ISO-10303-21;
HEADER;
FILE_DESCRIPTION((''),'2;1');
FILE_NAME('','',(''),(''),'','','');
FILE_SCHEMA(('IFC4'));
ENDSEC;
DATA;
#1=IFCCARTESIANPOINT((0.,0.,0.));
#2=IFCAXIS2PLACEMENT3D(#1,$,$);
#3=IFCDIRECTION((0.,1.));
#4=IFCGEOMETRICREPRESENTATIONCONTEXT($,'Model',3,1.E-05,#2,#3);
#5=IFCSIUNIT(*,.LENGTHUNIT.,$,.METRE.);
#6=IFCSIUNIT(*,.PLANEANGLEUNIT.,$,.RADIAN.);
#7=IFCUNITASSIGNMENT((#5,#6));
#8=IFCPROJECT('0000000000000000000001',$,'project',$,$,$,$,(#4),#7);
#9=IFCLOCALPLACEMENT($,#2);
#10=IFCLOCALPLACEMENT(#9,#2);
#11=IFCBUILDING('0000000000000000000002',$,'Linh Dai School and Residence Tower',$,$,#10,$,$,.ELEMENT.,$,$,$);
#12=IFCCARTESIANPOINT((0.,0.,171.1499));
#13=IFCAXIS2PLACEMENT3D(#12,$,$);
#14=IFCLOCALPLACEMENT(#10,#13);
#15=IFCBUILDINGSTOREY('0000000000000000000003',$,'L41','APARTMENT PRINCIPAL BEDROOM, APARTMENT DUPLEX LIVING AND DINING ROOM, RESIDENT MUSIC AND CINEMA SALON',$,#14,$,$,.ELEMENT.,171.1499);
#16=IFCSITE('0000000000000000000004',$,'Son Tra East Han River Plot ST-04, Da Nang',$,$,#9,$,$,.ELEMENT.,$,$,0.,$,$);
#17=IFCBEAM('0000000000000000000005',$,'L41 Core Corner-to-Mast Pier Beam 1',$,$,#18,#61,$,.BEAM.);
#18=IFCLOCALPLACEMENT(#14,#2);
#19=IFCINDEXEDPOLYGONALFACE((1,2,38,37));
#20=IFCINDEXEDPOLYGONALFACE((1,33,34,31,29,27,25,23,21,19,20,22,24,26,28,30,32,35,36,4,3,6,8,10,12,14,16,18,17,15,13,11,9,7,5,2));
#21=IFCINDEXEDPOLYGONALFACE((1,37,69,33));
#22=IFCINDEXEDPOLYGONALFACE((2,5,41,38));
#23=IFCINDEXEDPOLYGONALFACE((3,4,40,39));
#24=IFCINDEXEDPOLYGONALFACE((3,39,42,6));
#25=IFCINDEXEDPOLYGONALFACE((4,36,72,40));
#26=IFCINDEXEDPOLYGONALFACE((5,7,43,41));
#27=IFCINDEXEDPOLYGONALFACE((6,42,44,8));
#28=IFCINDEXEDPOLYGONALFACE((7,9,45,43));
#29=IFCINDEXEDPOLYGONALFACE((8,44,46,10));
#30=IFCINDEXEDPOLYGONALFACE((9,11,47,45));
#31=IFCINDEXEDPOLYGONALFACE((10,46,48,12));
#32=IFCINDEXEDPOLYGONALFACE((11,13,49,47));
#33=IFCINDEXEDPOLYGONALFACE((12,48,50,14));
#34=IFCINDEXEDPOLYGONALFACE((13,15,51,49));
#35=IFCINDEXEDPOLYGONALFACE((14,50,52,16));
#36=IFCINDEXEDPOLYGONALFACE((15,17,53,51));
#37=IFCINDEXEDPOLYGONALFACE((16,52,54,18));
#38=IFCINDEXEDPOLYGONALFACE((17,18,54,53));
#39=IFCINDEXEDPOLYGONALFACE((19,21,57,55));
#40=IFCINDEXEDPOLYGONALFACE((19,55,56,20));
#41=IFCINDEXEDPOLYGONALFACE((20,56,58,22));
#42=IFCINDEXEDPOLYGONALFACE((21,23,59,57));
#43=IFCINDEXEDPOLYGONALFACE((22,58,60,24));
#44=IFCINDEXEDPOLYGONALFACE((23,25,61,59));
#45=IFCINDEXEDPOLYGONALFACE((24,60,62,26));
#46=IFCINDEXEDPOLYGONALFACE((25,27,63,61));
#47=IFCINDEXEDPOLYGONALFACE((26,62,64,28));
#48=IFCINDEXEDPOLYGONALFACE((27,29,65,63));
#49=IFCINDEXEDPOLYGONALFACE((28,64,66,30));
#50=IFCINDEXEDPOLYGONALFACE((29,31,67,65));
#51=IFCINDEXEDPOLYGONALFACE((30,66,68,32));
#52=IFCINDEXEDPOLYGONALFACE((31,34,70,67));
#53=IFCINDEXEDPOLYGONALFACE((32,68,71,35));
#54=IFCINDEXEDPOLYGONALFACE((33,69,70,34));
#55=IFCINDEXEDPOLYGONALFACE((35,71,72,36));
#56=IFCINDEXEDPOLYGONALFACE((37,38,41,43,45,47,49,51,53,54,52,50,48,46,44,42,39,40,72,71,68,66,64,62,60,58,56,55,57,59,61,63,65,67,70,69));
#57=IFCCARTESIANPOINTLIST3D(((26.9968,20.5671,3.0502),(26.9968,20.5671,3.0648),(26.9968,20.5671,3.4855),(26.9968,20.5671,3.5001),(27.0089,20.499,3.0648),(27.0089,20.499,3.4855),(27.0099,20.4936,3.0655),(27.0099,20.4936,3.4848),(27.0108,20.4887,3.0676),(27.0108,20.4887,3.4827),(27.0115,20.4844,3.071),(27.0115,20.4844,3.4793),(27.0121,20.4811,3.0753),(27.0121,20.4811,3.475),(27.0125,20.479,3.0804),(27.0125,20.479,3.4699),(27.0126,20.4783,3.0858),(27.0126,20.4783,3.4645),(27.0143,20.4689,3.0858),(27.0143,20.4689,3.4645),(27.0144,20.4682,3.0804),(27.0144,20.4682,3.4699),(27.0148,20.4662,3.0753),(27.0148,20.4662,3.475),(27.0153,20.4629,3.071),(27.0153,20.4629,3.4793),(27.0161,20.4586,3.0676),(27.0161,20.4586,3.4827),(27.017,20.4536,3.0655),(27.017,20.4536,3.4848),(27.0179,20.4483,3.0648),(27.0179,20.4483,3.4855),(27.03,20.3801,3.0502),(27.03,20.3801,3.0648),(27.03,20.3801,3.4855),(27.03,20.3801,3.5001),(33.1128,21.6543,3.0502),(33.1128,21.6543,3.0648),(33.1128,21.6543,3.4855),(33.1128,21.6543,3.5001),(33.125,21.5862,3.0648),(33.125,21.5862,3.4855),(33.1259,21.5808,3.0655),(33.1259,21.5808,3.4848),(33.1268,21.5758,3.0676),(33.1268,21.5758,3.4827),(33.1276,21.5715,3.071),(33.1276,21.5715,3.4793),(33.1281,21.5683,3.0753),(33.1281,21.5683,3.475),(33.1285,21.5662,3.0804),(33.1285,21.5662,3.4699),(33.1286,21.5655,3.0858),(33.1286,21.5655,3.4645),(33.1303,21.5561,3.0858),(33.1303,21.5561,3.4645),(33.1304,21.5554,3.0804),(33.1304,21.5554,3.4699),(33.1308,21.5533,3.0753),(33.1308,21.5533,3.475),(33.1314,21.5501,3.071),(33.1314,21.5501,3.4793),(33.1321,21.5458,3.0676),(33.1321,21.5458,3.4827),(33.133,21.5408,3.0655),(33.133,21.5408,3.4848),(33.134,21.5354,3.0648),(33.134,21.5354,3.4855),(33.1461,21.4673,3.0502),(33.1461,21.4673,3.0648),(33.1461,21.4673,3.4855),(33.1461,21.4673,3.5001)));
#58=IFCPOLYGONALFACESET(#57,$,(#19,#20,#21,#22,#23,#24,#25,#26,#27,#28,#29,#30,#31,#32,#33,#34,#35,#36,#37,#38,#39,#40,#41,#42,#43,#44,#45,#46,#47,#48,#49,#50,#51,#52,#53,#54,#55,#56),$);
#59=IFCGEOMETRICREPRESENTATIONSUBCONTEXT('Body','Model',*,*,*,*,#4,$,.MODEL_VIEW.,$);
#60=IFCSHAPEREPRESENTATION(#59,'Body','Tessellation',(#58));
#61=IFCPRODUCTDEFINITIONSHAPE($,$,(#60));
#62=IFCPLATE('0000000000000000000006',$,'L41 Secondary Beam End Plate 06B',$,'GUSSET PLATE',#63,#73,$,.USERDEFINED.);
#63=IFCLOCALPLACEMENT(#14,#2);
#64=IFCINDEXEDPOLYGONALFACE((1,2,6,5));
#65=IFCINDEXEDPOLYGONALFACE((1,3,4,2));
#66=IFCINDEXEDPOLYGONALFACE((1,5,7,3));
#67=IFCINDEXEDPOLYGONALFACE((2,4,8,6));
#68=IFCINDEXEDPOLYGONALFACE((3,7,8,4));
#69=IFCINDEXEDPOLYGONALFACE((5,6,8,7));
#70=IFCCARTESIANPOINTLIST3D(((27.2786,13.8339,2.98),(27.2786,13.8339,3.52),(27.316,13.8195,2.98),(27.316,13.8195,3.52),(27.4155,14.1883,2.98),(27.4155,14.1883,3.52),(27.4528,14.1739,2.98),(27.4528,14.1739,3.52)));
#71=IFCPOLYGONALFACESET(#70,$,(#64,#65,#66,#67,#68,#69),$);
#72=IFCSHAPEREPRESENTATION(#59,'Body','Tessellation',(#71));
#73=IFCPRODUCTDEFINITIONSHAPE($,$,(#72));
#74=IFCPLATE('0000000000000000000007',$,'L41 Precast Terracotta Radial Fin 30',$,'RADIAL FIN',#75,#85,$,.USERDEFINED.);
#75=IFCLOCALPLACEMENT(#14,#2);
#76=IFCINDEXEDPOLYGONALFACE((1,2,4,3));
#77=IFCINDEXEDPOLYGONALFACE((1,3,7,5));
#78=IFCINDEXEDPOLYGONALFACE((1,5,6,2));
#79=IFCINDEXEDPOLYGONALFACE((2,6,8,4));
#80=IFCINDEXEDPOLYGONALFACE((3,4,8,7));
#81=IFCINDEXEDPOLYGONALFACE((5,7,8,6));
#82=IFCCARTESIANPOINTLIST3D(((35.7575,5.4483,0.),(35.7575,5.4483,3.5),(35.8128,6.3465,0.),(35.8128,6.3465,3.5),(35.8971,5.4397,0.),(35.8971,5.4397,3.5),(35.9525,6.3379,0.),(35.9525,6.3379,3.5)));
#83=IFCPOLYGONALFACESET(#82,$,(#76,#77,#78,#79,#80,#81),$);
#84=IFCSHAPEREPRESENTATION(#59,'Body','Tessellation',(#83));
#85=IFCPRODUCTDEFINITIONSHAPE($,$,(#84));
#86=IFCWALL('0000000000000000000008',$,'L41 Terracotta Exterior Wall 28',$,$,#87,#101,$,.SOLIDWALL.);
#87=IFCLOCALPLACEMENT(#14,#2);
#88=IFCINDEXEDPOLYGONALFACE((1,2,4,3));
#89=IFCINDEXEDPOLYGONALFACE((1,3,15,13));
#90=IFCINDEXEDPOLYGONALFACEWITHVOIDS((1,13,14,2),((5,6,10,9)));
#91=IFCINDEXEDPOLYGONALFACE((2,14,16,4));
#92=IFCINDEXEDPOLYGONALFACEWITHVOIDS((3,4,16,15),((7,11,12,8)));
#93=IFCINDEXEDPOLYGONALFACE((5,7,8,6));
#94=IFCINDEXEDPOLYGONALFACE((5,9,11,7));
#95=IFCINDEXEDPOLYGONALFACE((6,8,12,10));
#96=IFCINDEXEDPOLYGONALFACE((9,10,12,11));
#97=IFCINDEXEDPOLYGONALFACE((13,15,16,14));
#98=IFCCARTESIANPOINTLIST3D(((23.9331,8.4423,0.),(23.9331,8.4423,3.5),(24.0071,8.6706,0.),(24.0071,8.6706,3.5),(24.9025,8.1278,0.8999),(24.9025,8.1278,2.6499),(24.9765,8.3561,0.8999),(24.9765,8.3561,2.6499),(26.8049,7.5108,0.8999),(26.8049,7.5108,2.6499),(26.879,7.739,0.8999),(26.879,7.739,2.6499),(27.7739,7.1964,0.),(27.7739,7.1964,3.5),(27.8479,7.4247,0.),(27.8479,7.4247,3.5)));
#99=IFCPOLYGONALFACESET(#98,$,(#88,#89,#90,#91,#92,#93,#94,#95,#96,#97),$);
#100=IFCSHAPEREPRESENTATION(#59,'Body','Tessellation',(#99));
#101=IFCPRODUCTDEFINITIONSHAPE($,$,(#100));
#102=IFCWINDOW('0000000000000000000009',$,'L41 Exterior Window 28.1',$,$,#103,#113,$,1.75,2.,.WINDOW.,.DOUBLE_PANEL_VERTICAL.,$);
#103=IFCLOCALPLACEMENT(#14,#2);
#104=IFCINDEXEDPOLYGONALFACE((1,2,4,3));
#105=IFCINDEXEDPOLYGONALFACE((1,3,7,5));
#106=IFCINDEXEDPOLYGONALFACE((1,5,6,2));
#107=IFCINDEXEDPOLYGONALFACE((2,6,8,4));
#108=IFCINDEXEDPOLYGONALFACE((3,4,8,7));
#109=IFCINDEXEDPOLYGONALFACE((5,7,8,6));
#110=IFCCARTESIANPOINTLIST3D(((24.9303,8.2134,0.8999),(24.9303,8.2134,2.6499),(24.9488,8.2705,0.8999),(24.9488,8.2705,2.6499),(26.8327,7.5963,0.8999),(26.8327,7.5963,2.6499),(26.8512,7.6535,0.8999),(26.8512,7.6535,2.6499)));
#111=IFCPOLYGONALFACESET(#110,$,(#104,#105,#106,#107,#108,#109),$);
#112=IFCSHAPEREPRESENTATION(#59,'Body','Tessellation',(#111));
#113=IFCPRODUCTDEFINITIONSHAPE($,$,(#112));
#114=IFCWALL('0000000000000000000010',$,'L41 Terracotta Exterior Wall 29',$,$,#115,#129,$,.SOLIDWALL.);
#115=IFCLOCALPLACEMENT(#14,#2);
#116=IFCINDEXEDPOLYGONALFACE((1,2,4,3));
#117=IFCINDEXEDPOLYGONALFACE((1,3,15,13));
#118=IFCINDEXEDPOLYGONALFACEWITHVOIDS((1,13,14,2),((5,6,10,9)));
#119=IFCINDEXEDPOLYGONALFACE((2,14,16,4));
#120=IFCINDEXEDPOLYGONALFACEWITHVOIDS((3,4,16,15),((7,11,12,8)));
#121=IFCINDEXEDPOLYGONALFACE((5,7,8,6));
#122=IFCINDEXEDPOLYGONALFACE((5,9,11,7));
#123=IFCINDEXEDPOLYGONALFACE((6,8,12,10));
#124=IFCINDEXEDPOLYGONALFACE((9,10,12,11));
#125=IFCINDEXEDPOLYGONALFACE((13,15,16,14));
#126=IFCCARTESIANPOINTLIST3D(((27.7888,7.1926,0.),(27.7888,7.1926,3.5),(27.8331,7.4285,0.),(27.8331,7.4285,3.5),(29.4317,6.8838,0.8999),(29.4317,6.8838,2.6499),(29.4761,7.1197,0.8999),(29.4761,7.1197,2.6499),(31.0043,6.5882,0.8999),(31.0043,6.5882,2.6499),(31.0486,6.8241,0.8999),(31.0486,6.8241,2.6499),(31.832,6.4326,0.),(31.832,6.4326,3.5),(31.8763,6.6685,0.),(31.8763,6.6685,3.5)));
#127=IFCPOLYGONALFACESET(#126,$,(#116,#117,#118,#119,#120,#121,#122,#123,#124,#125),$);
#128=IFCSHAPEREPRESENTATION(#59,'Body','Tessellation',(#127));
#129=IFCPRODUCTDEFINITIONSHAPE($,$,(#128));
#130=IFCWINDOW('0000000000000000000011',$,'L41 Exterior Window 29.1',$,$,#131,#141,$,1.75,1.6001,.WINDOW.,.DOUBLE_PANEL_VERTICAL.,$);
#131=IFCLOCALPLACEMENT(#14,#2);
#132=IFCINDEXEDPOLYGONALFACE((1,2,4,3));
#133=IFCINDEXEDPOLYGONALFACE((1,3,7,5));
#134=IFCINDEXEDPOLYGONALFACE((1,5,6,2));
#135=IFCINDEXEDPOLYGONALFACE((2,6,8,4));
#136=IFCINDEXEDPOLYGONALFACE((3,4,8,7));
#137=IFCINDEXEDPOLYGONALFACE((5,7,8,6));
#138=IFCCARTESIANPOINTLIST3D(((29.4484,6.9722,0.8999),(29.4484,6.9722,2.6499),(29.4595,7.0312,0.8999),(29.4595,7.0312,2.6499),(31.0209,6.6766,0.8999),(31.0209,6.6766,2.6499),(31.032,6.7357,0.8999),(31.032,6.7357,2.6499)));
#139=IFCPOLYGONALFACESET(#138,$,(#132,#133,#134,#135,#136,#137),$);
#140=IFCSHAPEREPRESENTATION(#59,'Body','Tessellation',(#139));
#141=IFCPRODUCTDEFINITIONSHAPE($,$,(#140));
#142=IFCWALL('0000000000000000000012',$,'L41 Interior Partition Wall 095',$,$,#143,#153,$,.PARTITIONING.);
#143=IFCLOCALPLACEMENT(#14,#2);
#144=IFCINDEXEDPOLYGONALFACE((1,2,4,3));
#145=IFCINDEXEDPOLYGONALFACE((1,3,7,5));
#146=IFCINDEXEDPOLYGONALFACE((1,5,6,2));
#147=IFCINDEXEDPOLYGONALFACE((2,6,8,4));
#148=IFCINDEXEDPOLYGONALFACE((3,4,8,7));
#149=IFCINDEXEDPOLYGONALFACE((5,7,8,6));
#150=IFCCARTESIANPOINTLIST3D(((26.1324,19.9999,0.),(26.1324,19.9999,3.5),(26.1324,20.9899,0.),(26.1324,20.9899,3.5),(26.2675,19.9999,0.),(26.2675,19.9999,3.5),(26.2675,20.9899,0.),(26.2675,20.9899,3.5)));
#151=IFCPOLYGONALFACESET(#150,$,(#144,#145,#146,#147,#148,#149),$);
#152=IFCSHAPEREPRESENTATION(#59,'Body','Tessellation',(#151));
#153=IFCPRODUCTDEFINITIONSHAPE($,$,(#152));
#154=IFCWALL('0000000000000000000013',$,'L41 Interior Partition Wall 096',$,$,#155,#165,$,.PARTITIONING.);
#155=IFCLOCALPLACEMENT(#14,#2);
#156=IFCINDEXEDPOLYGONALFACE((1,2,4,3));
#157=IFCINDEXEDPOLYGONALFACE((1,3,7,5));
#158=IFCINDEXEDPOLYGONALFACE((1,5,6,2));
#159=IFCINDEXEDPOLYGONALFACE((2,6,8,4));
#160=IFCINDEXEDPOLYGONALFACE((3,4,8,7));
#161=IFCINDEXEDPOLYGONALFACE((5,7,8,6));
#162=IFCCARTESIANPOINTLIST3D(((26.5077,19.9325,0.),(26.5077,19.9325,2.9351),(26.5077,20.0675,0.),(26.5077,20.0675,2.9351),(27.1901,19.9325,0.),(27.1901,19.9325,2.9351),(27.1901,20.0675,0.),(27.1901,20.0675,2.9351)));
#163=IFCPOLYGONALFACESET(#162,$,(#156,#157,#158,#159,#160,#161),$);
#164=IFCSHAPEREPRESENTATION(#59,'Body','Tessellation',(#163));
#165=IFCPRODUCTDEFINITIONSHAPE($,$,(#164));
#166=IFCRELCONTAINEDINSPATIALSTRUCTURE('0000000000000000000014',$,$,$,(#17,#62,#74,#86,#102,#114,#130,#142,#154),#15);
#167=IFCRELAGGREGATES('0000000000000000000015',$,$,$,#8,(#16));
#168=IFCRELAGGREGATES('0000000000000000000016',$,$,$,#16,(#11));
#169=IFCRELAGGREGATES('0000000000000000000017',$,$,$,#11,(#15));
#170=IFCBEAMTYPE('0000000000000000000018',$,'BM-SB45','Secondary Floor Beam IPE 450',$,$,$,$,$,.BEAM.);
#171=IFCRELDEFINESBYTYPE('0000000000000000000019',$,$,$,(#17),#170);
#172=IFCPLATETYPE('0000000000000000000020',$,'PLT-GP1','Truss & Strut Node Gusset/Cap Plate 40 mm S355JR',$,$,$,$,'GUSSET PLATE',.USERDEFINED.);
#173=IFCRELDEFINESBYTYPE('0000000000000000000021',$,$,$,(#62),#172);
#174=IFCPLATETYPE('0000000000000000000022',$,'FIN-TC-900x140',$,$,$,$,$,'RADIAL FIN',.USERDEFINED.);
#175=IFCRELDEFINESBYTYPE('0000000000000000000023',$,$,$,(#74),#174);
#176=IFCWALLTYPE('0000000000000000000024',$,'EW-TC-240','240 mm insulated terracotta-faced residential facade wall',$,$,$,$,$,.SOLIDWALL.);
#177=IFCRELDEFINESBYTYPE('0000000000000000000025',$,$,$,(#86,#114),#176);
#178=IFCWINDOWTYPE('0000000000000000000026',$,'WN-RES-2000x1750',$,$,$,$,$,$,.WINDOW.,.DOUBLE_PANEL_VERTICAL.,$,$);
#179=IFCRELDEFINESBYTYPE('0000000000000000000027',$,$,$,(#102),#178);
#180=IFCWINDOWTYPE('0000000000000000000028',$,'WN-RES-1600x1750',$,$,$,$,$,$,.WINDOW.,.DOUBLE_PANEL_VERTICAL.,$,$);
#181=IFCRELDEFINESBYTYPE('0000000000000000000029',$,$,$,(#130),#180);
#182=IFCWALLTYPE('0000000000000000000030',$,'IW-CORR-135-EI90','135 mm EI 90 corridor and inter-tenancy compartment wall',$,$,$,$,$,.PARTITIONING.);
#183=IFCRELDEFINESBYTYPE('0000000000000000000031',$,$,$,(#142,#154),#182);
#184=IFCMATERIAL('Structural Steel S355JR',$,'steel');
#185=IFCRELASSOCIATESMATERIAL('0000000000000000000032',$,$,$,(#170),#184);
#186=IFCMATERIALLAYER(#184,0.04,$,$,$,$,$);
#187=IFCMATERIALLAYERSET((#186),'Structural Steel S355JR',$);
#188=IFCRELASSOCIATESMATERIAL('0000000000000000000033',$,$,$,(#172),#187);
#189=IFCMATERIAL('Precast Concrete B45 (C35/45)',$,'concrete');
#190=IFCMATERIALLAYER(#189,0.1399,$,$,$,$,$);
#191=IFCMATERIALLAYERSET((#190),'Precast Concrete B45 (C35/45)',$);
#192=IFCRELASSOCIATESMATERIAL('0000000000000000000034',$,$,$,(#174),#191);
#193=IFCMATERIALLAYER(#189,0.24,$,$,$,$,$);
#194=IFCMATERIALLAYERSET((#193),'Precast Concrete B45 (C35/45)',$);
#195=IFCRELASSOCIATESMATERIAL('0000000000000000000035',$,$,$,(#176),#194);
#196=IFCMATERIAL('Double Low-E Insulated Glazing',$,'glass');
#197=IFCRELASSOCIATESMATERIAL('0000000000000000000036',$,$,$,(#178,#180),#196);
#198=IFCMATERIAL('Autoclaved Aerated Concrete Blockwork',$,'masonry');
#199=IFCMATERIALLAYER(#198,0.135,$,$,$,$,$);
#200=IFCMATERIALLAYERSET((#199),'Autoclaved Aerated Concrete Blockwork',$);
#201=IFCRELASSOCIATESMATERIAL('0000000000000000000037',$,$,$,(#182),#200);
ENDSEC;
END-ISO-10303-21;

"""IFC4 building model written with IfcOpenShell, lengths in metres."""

from ifc_helpers import new_model, si_unit, direction, frame, frame_2d, origin, origin_2d, place, context, subcontext, project, spatial, rectangle, i_section, extrude, source, transform, mapped, material, layer, layer_set, material_profile, profile_set, type_object, element, fill, save


model = new_model("IFC4")

# Units and contexts
model_context = context("Model", 3, precision=1e-05, world=origin(), true_north=direction((0.0, 1.0)))
body_context = subcontext(model_context, "Body", "Model", "MODEL_VIEW")
ifc_project = project(units=[si_unit("LENGTHUNIT", "METRE"), si_unit("PLANEANGLEUNIT", "RADIAN")], contexts=[model_context])

# Site, building, storey
site_placement = place(None, origin())
site = spatial("IfcSite", under=ifc_project, at=site_placement, Name="Son Tra East Han River Plot ST-04, Da Nang", CompositionType="ELEMENT", RefElevation=0.0)
building_placement = place(site_placement, origin())
building = spatial("IfcBuilding", under=site, at=building_placement, Name="Linh Dai School and Residence Tower", CompositionType="ELEMENT")
storey_placement = place(building_placement, frame((0.0, 0.0, 171.1499)))
storey = spatial("IfcBuildingStorey", under=building, at=storey_placement, Name="L41", Description="APARTMENT PRINCIPAL BEDROOM, APARTMENT DUPLEX LIVING AND DINING ROOM, RESIDENT MUSIC AND CINEMA SALON", CompositionType="ELEMENT", Elevation=171.1499)

# Beam
ifc_material_1 = material(Name="Structural Steel S355JR", Category="steel")
ifc_material_profile_1 = material_profile(ifc_material_1, i_section(OverallWidth=0.1899, OverallDepth=0.45, WebThickness=0.0095, FlangeThickness=0.0146, FilletRadius=0.021, at=origin_2d()), Name="IPE 450")
ifc_profile_set_1 = profile_set([ifc_material_profile_1], Name="Structural Steel S355JR")
beam_type_1 = type_object("IfcBeamType", Name="BM-SB45", Description="Secondary Floor Beam IPE 450", PredefinedType="BEAM", material=ifc_profile_set_1)
beam_1_placement = place(storey_placement, frame((27.0134, 20.4736, 3.2751), z_axis=(0.984566, 0.175014, 0.0), x_axis=(-0.175014, 0.984566, 0.0)))
element("IfcBeam", 1, at=beam_1_placement, inside=storey, type_object=beam_type_1, Name="L41 Core Corner-to-Mast Pier Beam 1", PredefinedType="BEAM", context=body_context, shape_type="SweptSolid", body=[
    extrude(i_section(OverallWidth=0.1899, OverallDepth=0.45, WebThickness=0.0095, FlangeThickness=0.0146, FilletRadius=0.021, at=origin_2d()), origin(), (0.0, 0.0, 1.0), 6.2119),
])

# Plates
ifc_layer_1 = layer(ifc_material_1, 0.04)
ifc_layer_set_1 = layer_set([ifc_layer_1], Name="Structural Steel S355JR")
plate_type_1 = type_object("IfcPlateType", Name="PLT-GP1", Description="Truss & Strut Node Gusset/Cap Plate 40 mm S355JR", ElementType="GUSSET PLATE", PredefinedType="USERDEFINED", material=ifc_layer_set_1)
shared_shape_1 = source(origin(), body_context, "Body", "SweptSolid", [
    extrude(rectangle(XDim=0.04, YDim=0.3799, at=origin_2d()), origin(), (0.0, 0.0, 1.0), 0.54),
])
plate_1_placement = place(storey_placement, frame((27.3657, 14.0039, 2.98), z_axis=(0.0, 0.0, 1.0), x_axis=(0.932823, -0.360335, 0.0)))
element("IfcPlate", 2, at=plate_1_placement, inside=storey, type_object=plate_type_1, Name="L41 Secondary Beam End Plate 06B", ObjectType="GUSSET PLATE", PredefinedType="USERDEFINED", context=body_context, shape_type="MappedRepresentation", body=[
    mapped(shared_shape_1, transform((0.0, 0.0, 0.0), x_axis=(1.0, 0.0, 0.0), y_axis=(0.0, 1.0, 0.0), z_axis=(0.0, 0.0, 1.0), scale=1.0)),
])
ifc_material_2 = material(Name="Precast Concrete B45 (C35/45)", Category="concrete")
ifc_layer_2 = layer(ifc_material_2, 0.1399)
ifc_layer_set_2 = layer_set([ifc_layer_2], Name="Precast Concrete B45 (C35/45)")
plate_type_2 = type_object("IfcPlateType", Name="FIN-TC-900x140", ElementType="RADIAL FIN", PredefinedType="USERDEFINED", material=ifc_layer_set_2)
shared_shape_2 = source(origin(), body_context, "Body", "SweptSolid", [
    extrude(rectangle(XDim=0.8999, YDim=0.1399, at=origin_2d()), origin(), (0.0, 0.0, 1.0), 3.5),
])
plate_2_placement = place(storey_placement, frame((35.855, 5.8931, 0.0), z_axis=(0.0, 0.0, 1.0), x_axis=(-0.061512, -0.998106, 0.0)))
element("IfcPlate", 3, at=plate_2_placement, inside=storey, type_object=plate_type_2, Name="L41 Precast Terracotta Radial Fin 30", ObjectType="RADIAL FIN", PredefinedType="USERDEFINED", context=body_context, shape_type="MappedRepresentation", body=[
    mapped(shared_shape_2, transform((0.0, 0.0, 0.0), x_axis=(1.0, 0.0, 0.0), y_axis=(0.0, 1.0, 0.0), z_axis=(0.0, 0.0, 1.0), scale=1.0)),
])

# Walls, openings, windows
ifc_layer_3 = layer(ifc_material_2, 0.24)
ifc_layer_set_3 = layer_set([ifc_layer_3], Name="Precast Concrete B45 (C35/45)")
wall_type_1 = type_object("IfcWallType", Name="EW-TC-240", Description="240 mm insulated terracotta-faced residential facade wall", PredefinedType="SOLIDWALL", material=ifc_layer_set_3)
wall_1_placement = place(storey_placement, frame((27.811, 7.3105, 0.0), z_axis=(0.0, 0.0, 1.0), x_axis=(-0.95121, 0.308545, 0.0)))
wall_1 = element("IfcWall", 4, at=wall_1_placement, inside=storey, type_object=wall_type_1, Name="L41 Terracotta Exterior Wall 28", PredefinedType="SOLIDWALL", context=body_context, shape_type="SweptSolid", body=[
    extrude(rectangle(XDim=4.0378, YDim=0.24, at=frame_2d((2.019, 0.0))), origin(), (0.0, 0.0, 1.0), 3.5),
])
opening_1_placement = place(wall_1_placement, frame((1.0188, 0.0, 0.8999)))
opening_1 = element("IfcOpeningElement", 5, at=opening_1_placement, cuts=wall_1, PredefinedType="OPENING", context=body_context, shape_type="SweptSolid", body=[
    extrude(rectangle(XDim=2.0, YDim=1.75, at=origin_2d()), frame((1.0, 0.1299, 0.875), z_axis=(0.0, -1.0, 0.0), x_axis=(1.0, 0.0, 0.0)), (0.0, 0.0, 1.0), 0.26),
])
ifc_material_3 = material(Name="Double Low-E Insulated Glazing", Category="glass")
window_type_1 = type_object("IfcWindowType", Name="WN-RES-2000x1750", PartitioningType="DOUBLE_PANEL_VERTICAL", PredefinedType="WINDOW", material=ifc_material_3)
shared_shape_3 = source(origin(), body_context, "Body", "SweptSolid", [
    extrude(rectangle(XDim=2.0, YDim=1.75, at=origin_2d()), frame((1.0, 0.03, 0.875), z_axis=(0.0, -1.0, 0.0), x_axis=(1.0, 0.0, 0.0)), (0.0, 0.0, 1.0), 0.0601),
])
window_1_placement = place(opening_1_placement, origin())
window_1 = element("IfcWindow", 6, at=window_1_placement, inside=storey, type_object=window_type_1, Name="L41 Exterior Window 28.1", OverallHeight=1.75, OverallWidth=2.0, PartitioningType="DOUBLE_PANEL_VERTICAL", PredefinedType="WINDOW", context=body_context, shape_type="MappedRepresentation", body=[
    mapped(shared_shape_3, transform((0.0, 0.0, 0.0), x_axis=(1.0, 0.0, 0.0), y_axis=(0.0, 1.0, 0.0), z_axis=(0.0, 0.0, 1.0), scale=1.0)),
])
fill(opening_1, window_1)
wall_2_placement = place(storey_placement, frame((31.8542, 6.5505, 0.0), z_axis=(0.0, 0.0, 1.0), x_axis=(-0.982788, 0.184736, 0.0)))
wall_2 = element("IfcWall", 7, at=wall_2_placement, inside=storey, type_object=wall_type_1, Name="L41 Terracotta Exterior Wall 29", PredefinedType="SOLIDWALL", context=body_context, shape_type="SweptSolid", body=[
    extrude(rectangle(XDim=4.114, YDim=0.24, at=frame_2d((2.0571, 0.0))), origin(), (0.0, 0.0, 1.0), 3.5),
])
opening_2_placement = place(wall_2_placement, frame((0.8423, 0.0, 0.8999)))
opening_2 = element("IfcOpeningElement", 8, at=opening_2_placement, cuts=wall_2, PredefinedType="OPENING", context=body_context, shape_type="SweptSolid", body=[
    extrude(rectangle(XDim=1.6001, YDim=1.75, at=origin_2d()), frame((0.8, 0.1299, 0.875), z_axis=(0.0, -1.0, 0.0), x_axis=(1.0, 0.0, 0.0)), (0.0, 0.0, 1.0), 0.26),
])
window_type_2 = type_object("IfcWindowType", Name="WN-RES-1600x1750", PartitioningType="DOUBLE_PANEL_VERTICAL", PredefinedType="WINDOW", material=ifc_material_3)
shared_shape_4 = source(origin(), body_context, "Body", "SweptSolid", [
    extrude(rectangle(XDim=1.6001, YDim=1.75, at=origin_2d()), frame((0.8, 0.03, 0.875), z_axis=(0.0, -1.0, 0.0), x_axis=(1.0, 0.0, 0.0)), (0.0, 0.0, 1.0), 0.0601),
])
window_2_placement = place(opening_2_placement, origin())
window_2 = element("IfcWindow", 9, at=window_2_placement, inside=storey, type_object=window_type_2, Name="L41 Exterior Window 29.1", OverallHeight=1.75, OverallWidth=1.6001, PartitioningType="DOUBLE_PANEL_VERTICAL", PredefinedType="WINDOW", context=body_context, shape_type="MappedRepresentation", body=[
    mapped(shared_shape_4, transform((0.0, 0.0, 0.0), x_axis=(1.0, 0.0, 0.0), y_axis=(0.0, 1.0, 0.0), z_axis=(0.0, 0.0, 1.0), scale=1.0)),
])
fill(opening_2, window_2)

# Shared definitions
ifc_material_4 = material(Name="Autoclaved Aerated Concrete Blockwork", Category="masonry")
ifc_layer_4 = layer(ifc_material_4, 0.135)
ifc_layer_set_4 = layer_set([ifc_layer_4], Name="Autoclaved Aerated Concrete Blockwork")
wall_type_2 = type_object("IfcWallType", Name="IW-CORR-135-EI90", Description="135 mm EI 90 corridor and inter-tenancy compartment wall", PredefinedType="PARTITIONING", material=ifc_layer_set_4)

# Walls
wall_3_placement = place(storey_placement, frame((26.2, 20.99, 0.0), z_axis=(0.0, 0.0, 1.0), x_axis=(0.0, -1.0, 0.0)))
element("IfcWall", 10, at=wall_3_placement, inside=storey, type_object=wall_type_2, Name="L41 Interior Partition Wall 095", PredefinedType="PARTITIONING", context=body_context, shape_type="SweptSolid", body=[
    extrude(rectangle(XDim=0.99, YDim=0.135, at=frame_2d((0.4951, 0.0))), origin(), (0.0, 0.0, 1.0), 3.5),
])
wall_4_placement = place(storey_placement, frame((26.5076, 20.0, 0.0), z_axis=(0.0, 0.0, 1.0), x_axis=(1.0, 0.0, 0.0)))
element("IfcWall", 11, at=wall_4_placement, inside=storey, type_object=wall_type_2, Name="L41 Interior Partition Wall 096", PredefinedType="PARTITIONING", context=body_context, shape_type="SweptSolid", body=[
    extrude(rectangle(XDim=0.6824, YDim=0.135, at=frame_2d((0.3413, 0.0))), origin(), (0.0, 0.0, 1.0), 2.9351),
])

save(model, "model.ifc")
